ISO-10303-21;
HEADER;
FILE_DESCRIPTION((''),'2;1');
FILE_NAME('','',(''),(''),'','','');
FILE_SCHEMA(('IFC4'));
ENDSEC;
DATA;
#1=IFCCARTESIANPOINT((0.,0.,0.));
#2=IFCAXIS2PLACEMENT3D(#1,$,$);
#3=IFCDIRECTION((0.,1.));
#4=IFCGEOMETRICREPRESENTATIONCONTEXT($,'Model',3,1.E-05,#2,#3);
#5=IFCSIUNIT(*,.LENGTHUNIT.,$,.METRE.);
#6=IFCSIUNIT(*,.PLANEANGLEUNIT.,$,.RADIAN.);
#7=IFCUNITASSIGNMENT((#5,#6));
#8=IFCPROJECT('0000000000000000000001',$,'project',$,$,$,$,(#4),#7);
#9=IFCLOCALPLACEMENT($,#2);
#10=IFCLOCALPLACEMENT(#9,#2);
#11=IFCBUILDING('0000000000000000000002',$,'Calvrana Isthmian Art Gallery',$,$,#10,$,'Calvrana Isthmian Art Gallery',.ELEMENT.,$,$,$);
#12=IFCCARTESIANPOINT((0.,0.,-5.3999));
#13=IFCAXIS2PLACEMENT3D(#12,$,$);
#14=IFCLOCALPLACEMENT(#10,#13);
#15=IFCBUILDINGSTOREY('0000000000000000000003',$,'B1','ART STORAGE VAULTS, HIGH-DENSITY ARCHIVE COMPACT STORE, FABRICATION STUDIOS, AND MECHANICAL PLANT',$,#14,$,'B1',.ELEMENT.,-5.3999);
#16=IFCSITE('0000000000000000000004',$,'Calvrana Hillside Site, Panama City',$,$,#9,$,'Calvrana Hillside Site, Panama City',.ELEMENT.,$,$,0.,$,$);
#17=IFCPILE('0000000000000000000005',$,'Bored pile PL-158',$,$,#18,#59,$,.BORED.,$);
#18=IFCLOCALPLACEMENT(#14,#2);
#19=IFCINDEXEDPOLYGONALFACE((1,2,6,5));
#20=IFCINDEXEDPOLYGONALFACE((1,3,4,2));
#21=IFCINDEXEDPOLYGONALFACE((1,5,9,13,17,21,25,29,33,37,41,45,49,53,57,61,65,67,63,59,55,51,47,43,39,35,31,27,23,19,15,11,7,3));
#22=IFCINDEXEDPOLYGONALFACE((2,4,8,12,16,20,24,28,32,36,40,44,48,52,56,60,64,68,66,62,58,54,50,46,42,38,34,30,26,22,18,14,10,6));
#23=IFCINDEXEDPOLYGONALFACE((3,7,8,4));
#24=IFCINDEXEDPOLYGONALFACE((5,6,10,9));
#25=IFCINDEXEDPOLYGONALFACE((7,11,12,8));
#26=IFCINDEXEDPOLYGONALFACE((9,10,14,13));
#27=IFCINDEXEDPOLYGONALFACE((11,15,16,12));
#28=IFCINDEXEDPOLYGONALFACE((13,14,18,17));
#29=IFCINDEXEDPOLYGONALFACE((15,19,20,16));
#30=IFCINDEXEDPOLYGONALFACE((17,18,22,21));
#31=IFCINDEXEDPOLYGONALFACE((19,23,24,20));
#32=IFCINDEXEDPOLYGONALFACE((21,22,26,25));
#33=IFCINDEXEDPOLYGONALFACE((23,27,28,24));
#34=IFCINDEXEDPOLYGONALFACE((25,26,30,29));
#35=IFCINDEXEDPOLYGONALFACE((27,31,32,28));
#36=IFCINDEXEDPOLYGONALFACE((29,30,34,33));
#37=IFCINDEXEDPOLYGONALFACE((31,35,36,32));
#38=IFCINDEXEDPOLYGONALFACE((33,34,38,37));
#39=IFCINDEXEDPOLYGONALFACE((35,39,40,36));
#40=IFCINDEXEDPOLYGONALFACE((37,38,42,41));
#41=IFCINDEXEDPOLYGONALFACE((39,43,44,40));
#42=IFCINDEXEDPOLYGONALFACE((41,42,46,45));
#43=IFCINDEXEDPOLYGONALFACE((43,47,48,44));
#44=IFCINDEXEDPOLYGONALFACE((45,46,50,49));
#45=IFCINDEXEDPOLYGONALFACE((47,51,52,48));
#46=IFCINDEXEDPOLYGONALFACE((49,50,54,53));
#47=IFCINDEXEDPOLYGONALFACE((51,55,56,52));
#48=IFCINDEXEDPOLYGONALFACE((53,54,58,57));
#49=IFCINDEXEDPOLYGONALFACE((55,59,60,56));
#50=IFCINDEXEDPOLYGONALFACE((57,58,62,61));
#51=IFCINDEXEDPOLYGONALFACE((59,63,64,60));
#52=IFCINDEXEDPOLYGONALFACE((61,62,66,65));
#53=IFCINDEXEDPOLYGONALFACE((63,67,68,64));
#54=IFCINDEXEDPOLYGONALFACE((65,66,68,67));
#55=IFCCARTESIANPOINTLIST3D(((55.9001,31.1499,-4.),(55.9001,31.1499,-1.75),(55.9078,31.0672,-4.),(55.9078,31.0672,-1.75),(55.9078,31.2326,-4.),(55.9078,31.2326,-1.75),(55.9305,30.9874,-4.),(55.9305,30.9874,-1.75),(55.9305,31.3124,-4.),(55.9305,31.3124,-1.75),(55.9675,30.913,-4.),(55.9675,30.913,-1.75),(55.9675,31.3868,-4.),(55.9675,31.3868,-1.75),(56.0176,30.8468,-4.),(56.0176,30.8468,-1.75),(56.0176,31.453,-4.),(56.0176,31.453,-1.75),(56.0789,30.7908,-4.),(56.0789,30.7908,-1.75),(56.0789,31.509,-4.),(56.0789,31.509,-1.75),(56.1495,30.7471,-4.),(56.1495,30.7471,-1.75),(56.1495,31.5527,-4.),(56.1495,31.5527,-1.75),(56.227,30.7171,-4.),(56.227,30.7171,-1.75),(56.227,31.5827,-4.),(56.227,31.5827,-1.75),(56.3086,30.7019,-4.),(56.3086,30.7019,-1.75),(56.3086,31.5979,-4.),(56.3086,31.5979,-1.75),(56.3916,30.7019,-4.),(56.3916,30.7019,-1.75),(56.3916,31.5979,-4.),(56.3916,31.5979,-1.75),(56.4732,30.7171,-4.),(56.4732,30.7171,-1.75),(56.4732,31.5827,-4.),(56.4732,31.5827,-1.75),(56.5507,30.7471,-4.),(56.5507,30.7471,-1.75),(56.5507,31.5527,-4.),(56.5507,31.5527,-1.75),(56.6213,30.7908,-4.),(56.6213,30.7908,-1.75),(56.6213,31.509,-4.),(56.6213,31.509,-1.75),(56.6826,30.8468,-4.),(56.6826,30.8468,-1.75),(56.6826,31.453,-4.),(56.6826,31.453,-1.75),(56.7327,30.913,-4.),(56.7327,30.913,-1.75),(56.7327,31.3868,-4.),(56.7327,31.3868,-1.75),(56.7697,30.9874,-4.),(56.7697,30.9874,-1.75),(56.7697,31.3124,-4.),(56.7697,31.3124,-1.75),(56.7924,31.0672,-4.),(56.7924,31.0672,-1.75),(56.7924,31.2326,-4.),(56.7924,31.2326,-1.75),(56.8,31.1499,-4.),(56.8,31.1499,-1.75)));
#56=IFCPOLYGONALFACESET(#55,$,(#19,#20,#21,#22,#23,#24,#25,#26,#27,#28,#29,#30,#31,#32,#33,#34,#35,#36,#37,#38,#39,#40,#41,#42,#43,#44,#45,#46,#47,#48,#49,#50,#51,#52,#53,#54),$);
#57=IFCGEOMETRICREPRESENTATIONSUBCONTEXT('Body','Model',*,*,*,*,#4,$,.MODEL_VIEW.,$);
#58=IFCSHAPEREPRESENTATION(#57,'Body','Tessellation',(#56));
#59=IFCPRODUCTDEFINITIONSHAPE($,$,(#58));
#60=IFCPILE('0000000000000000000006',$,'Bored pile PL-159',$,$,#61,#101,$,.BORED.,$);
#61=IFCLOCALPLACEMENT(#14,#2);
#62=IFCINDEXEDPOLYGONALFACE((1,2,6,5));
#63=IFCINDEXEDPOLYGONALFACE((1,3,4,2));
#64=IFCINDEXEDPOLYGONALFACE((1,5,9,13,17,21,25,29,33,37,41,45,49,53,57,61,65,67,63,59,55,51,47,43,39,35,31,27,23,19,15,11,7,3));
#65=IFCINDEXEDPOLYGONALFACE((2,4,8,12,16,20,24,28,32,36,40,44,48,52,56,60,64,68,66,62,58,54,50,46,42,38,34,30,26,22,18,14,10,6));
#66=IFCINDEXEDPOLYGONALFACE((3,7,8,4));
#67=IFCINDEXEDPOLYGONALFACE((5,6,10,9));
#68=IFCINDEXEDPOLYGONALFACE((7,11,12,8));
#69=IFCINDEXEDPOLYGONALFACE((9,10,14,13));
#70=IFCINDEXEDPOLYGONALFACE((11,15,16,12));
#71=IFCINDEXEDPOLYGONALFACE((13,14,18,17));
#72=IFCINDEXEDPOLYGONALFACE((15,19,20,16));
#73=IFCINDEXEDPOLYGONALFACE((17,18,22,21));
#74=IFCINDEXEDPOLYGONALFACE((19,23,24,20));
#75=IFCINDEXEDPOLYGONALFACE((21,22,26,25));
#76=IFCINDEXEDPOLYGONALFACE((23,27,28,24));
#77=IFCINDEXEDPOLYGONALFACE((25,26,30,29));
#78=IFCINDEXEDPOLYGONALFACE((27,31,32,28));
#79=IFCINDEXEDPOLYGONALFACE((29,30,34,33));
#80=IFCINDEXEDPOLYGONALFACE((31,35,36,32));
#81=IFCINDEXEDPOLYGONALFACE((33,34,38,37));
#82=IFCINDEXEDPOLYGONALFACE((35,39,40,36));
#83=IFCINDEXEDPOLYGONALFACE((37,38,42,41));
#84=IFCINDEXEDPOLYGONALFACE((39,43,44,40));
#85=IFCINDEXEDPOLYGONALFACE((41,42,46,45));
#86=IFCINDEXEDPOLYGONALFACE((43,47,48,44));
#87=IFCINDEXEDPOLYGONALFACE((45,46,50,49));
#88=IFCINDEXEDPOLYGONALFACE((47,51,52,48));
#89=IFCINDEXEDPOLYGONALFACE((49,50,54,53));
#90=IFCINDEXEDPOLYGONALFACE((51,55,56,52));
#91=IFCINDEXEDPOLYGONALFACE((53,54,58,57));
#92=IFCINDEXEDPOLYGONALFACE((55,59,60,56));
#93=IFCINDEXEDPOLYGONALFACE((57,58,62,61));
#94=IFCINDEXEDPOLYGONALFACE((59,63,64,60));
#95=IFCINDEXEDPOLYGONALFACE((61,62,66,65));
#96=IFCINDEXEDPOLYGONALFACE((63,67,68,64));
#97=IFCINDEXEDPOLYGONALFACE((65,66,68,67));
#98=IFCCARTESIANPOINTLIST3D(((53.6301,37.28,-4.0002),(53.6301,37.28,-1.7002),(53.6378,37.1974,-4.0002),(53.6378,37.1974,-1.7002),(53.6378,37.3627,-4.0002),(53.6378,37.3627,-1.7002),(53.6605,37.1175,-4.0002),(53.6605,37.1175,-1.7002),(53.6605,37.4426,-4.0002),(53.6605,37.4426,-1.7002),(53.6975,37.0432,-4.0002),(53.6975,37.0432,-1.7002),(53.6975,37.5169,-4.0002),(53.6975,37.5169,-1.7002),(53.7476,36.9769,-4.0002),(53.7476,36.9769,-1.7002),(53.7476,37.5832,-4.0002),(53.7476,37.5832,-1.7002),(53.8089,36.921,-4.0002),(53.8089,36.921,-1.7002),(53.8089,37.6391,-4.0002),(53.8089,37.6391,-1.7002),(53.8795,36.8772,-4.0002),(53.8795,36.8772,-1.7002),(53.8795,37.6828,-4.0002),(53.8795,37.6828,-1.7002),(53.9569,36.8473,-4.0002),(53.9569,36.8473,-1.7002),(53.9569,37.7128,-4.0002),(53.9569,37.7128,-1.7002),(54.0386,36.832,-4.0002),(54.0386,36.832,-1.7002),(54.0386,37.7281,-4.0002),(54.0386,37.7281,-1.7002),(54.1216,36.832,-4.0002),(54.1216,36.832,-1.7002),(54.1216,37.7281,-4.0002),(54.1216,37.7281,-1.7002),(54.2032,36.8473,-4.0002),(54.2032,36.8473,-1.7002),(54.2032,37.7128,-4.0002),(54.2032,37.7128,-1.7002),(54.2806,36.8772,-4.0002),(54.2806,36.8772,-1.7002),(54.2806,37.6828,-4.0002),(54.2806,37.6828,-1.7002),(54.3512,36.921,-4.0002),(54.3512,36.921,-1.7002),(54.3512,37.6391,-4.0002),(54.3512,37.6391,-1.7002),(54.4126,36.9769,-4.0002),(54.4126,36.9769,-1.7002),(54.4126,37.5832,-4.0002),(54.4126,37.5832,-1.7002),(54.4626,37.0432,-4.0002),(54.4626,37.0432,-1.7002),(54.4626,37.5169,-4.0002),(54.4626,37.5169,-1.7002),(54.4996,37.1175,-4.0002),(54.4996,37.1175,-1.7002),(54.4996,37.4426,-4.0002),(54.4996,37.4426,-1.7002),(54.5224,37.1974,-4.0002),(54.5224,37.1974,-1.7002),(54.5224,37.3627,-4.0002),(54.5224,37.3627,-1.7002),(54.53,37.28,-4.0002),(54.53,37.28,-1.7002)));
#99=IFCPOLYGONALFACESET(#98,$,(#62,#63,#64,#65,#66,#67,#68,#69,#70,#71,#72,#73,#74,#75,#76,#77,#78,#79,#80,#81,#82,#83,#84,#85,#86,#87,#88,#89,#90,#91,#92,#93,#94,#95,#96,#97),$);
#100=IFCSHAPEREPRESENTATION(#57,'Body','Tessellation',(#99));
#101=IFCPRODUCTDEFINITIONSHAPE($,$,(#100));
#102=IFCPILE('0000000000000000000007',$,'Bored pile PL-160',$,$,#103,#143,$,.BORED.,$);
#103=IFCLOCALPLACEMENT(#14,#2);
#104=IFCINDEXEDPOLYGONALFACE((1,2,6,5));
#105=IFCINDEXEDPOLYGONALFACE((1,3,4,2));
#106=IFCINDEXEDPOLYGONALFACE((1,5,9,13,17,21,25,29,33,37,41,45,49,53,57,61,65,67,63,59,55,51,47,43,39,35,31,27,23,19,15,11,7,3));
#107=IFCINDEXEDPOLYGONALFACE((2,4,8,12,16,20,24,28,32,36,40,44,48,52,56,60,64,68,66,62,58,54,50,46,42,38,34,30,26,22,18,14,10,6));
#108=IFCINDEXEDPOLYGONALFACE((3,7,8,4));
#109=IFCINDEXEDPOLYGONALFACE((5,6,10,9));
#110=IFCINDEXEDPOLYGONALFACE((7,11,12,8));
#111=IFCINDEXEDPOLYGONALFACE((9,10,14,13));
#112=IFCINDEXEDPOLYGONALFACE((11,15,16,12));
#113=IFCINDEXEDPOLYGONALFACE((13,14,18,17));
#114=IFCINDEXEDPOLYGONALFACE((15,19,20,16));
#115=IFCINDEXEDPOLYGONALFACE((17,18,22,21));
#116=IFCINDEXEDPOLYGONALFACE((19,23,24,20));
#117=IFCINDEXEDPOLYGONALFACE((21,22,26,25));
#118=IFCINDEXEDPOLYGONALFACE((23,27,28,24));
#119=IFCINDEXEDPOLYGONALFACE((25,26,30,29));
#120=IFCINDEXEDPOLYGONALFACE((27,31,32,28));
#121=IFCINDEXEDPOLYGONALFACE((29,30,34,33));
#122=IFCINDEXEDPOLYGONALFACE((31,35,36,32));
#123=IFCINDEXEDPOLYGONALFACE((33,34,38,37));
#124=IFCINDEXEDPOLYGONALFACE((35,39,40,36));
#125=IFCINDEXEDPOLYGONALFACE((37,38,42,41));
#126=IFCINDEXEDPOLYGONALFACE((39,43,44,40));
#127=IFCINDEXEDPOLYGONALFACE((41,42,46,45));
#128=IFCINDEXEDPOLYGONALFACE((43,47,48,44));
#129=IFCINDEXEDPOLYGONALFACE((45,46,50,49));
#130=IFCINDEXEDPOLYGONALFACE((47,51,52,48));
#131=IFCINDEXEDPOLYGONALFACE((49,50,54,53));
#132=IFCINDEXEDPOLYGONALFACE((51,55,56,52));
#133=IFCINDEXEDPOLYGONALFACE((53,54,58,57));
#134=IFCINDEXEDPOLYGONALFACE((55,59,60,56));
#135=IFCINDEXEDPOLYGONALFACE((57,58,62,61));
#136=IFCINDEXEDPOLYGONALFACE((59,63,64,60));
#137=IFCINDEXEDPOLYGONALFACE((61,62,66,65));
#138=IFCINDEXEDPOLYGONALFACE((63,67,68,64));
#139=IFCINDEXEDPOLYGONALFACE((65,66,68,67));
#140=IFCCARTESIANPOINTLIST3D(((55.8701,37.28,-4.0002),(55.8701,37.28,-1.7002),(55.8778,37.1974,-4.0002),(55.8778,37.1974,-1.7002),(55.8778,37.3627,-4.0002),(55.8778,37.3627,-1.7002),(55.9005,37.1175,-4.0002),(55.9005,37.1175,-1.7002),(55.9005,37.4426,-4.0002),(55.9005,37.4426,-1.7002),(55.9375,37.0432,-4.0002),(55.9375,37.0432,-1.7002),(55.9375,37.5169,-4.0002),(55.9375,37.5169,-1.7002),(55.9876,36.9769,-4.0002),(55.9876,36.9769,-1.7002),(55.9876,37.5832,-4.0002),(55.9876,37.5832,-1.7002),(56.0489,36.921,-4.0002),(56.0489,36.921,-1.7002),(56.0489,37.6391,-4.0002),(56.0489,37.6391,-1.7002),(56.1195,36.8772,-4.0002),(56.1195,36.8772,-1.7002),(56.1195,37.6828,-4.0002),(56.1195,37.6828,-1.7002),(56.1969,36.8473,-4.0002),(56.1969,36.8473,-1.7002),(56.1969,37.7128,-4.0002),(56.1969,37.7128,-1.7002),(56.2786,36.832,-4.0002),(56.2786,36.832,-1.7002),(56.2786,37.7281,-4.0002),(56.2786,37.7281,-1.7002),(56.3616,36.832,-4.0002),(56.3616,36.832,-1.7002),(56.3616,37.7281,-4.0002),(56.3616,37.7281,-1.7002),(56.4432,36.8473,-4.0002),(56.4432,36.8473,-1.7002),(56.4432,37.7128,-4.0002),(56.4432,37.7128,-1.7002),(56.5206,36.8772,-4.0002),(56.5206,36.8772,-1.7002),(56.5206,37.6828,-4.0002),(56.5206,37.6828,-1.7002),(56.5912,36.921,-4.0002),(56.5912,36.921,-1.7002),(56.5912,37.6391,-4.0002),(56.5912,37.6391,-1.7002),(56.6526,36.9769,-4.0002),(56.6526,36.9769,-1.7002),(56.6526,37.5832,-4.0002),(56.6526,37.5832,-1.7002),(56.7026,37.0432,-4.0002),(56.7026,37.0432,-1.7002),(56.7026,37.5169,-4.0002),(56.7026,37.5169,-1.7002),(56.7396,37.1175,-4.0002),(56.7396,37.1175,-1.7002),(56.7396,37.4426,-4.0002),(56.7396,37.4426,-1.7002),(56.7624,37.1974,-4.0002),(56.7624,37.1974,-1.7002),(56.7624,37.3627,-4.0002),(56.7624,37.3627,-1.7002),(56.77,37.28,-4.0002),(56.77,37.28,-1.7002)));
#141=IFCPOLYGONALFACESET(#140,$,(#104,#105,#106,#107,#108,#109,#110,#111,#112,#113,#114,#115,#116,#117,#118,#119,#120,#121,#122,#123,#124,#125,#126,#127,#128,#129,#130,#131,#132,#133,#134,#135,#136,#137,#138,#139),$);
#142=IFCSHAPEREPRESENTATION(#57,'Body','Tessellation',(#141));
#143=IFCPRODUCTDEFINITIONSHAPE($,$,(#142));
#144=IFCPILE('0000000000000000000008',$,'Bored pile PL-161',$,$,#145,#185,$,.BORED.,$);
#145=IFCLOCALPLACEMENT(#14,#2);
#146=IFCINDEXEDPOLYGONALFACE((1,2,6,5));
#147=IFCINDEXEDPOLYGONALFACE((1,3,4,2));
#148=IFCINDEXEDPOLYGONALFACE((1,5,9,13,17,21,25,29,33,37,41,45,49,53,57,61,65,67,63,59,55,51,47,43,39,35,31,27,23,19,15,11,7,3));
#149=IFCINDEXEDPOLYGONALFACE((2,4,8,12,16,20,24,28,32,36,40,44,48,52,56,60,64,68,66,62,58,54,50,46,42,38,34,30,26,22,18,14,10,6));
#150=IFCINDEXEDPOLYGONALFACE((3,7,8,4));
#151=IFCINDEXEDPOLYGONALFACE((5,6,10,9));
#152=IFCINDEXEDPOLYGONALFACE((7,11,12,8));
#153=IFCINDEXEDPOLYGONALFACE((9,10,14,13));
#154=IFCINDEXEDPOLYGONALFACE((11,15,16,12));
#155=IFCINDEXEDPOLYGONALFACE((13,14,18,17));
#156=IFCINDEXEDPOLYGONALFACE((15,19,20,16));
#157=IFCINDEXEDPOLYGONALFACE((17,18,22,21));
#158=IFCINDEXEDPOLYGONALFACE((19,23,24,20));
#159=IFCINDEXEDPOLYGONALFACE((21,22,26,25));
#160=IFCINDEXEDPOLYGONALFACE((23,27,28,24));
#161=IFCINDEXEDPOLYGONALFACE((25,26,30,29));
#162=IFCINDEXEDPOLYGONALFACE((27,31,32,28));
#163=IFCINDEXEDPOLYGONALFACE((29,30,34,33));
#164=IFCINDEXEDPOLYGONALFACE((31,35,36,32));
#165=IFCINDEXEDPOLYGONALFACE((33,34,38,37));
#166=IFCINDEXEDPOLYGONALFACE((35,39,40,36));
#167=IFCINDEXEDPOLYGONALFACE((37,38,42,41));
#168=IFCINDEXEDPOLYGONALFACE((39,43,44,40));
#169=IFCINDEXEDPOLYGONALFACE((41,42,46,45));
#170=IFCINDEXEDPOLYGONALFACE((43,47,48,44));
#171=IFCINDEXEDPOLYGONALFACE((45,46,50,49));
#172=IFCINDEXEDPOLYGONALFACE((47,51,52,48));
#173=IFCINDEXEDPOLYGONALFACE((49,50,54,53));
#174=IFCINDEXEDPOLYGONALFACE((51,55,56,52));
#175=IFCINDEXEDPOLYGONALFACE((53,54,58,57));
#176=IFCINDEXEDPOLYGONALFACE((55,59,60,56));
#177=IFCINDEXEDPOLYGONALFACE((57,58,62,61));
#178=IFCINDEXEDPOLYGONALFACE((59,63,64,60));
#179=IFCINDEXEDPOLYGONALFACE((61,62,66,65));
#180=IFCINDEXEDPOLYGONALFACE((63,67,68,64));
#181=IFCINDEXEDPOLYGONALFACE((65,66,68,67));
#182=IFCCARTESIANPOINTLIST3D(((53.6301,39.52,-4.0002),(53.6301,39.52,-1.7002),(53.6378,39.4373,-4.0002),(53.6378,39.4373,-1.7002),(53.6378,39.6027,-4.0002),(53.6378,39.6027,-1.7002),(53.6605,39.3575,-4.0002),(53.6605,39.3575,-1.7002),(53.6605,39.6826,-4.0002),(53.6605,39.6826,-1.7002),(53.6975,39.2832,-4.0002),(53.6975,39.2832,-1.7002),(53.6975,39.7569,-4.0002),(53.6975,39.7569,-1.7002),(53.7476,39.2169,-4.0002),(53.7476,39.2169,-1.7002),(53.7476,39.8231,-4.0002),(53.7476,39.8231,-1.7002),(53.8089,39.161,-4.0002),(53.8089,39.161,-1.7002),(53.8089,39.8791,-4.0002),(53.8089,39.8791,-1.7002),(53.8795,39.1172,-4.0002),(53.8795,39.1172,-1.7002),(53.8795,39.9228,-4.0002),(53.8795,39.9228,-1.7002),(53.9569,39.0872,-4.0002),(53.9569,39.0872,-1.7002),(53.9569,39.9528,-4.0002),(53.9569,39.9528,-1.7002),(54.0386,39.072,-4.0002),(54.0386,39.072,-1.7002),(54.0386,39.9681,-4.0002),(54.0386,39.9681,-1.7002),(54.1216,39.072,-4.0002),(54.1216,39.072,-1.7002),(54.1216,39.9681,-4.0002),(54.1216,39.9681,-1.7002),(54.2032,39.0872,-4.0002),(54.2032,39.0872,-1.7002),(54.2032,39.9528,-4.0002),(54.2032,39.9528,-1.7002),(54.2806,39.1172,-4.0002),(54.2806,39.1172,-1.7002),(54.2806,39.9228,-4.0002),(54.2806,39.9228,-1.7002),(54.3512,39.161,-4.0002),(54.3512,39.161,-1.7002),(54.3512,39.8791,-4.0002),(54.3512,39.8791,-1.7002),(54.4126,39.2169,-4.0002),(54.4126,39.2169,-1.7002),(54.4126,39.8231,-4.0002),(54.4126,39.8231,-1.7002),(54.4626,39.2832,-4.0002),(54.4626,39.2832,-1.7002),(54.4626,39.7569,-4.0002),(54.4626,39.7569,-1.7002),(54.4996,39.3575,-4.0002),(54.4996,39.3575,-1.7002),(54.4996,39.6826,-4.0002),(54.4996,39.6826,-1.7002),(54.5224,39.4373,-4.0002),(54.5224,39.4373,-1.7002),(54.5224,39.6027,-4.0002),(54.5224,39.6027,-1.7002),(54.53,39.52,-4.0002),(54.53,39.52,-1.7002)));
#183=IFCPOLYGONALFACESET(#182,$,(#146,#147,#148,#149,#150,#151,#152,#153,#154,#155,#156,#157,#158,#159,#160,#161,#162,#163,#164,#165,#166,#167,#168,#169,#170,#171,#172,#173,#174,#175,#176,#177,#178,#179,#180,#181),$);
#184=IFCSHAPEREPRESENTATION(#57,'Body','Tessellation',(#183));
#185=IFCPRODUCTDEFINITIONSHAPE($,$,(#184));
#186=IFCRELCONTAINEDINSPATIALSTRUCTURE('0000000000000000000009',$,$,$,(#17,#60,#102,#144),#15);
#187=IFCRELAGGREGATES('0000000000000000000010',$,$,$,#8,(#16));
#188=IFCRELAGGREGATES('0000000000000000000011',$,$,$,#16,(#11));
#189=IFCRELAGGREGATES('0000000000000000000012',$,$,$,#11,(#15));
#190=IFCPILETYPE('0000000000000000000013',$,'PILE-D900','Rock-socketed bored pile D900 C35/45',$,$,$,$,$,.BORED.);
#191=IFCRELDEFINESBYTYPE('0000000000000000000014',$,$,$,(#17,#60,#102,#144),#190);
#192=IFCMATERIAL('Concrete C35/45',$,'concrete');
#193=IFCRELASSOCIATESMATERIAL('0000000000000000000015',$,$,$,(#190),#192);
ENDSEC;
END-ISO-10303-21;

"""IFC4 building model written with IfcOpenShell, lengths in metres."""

from ifc_helpers import new_model, si_unit, direction, frame, origin, origin_2d, place, context, subcontext, project, spatial, circle, extrude, material, material_profile, profile_set, type_object, element, save


model = new_model("IFC4")

# Units and contexts
model_context = context("Model", 3, precision=1e-05, world=origin(), true_north=direction((0.0, 1.0)))
body_context = subcontext(model_context, "Body", "Model", "MODEL_VIEW")
ifc_project = project(units=[si_unit("LENGTHUNIT", "METRE"), si_unit("PLANEANGLEUNIT", "RADIAN")], contexts=[model_context])

# Site, building, storey
site_placement = place(None, origin())
site = spatial("IfcSite", under=ifc_project, at=site_placement, Name="Calvrana Hillside Site, Panama City", LongName="Calvrana Hillside Site, Panama City", CompositionType="ELEMENT", RefElevation=0.0)
building_placement = place(site_placement, origin())
building = spatial("IfcBuilding", under=site, at=building_placement, Name="Calvrana Isthmian Art Gallery", LongName="Calvrana Isthmian Art Gallery", CompositionType="ELEMENT")
storey_placement = place(building_placement, frame((0.0, 0.0, -5.3999)))
storey = spatial("IfcBuildingStorey", under=building, at=storey_placement, Name="B1", Description="ART STORAGE VAULTS, HIGH-DENSITY ARCHIVE COMPACT STORE, FABRICATION STUDIOS, AND MECHANICAL PLANT", LongName="B1", CompositionType="ELEMENT", Elevation=-5.3999)

# Shared definitions
ifc_material_1 = material(Name="Concrete C35/45", Category="concrete")

# Piles
ifc_material_profile_1 = material_profile(ifc_material_1, circle(Radius=0.45, at=origin_2d()), Name="PILE900D")
ifc_profile_set_1 = profile_set([ifc_material_profile_1], Name="Concrete C35/45")
pile_type_1 = type_object("IfcPileType", Name="PILE-D900", Description="Rock-socketed bored pile D900 C35/45", PredefinedType="BORED", material=ifc_profile_set_1)
for number, where, z_axis, x_axis, name in (
    (1, (56.3501, 31.1499, -1.75), (0.0, 0.0, -1.0), (1.0, 0.0, 0.0), "Bored pile PL-158"),
):
    element("IfcPile", number, at=place(storey_placement, frame(where, z_axis=z_axis, x_axis=x_axis)), inside=storey, type_object=pile_type_1, Name=name, PredefinedType="BORED", context=body_context, shape_type="SweptSolid", body=[
        extrude(circle(Radius=0.45, at=origin_2d()), origin(), (0.0, 0.0, 1.0), 2.25),
    ])
for number, where, z_axis, x_axis, name in (
    (2, (54.0801, 37.28, -1.7002), (0.0, 0.0, -1.0), (1.0, 0.0, 0.0), "Bored pile PL-159"),
    (3, (56.3201, 37.28, -1.7002), (0.0, 0.0, -1.0), (1.0, 0.0, 0.0), "Bored pile PL-160"),
    (4, (54.0801, 39.52, -1.7002), (0.0, 0.0, -1.0), (1.0, 0.0, 0.0), "Bored pile PL-161"),
):
    element("IfcPile", number, at=place(storey_placement, frame(where, z_axis=z_axis, x_axis=x_axis)), inside=storey, type_object=pile_type_1, Name=name, PredefinedType="BORED", context=body_context, shape_type="SweptSolid", body=[
        extrude(circle(Radius=0.45, at=origin_2d()), origin(), (0.0, 0.0, 1.0), 2.3),
    ])

save(model, "model.ifc")
